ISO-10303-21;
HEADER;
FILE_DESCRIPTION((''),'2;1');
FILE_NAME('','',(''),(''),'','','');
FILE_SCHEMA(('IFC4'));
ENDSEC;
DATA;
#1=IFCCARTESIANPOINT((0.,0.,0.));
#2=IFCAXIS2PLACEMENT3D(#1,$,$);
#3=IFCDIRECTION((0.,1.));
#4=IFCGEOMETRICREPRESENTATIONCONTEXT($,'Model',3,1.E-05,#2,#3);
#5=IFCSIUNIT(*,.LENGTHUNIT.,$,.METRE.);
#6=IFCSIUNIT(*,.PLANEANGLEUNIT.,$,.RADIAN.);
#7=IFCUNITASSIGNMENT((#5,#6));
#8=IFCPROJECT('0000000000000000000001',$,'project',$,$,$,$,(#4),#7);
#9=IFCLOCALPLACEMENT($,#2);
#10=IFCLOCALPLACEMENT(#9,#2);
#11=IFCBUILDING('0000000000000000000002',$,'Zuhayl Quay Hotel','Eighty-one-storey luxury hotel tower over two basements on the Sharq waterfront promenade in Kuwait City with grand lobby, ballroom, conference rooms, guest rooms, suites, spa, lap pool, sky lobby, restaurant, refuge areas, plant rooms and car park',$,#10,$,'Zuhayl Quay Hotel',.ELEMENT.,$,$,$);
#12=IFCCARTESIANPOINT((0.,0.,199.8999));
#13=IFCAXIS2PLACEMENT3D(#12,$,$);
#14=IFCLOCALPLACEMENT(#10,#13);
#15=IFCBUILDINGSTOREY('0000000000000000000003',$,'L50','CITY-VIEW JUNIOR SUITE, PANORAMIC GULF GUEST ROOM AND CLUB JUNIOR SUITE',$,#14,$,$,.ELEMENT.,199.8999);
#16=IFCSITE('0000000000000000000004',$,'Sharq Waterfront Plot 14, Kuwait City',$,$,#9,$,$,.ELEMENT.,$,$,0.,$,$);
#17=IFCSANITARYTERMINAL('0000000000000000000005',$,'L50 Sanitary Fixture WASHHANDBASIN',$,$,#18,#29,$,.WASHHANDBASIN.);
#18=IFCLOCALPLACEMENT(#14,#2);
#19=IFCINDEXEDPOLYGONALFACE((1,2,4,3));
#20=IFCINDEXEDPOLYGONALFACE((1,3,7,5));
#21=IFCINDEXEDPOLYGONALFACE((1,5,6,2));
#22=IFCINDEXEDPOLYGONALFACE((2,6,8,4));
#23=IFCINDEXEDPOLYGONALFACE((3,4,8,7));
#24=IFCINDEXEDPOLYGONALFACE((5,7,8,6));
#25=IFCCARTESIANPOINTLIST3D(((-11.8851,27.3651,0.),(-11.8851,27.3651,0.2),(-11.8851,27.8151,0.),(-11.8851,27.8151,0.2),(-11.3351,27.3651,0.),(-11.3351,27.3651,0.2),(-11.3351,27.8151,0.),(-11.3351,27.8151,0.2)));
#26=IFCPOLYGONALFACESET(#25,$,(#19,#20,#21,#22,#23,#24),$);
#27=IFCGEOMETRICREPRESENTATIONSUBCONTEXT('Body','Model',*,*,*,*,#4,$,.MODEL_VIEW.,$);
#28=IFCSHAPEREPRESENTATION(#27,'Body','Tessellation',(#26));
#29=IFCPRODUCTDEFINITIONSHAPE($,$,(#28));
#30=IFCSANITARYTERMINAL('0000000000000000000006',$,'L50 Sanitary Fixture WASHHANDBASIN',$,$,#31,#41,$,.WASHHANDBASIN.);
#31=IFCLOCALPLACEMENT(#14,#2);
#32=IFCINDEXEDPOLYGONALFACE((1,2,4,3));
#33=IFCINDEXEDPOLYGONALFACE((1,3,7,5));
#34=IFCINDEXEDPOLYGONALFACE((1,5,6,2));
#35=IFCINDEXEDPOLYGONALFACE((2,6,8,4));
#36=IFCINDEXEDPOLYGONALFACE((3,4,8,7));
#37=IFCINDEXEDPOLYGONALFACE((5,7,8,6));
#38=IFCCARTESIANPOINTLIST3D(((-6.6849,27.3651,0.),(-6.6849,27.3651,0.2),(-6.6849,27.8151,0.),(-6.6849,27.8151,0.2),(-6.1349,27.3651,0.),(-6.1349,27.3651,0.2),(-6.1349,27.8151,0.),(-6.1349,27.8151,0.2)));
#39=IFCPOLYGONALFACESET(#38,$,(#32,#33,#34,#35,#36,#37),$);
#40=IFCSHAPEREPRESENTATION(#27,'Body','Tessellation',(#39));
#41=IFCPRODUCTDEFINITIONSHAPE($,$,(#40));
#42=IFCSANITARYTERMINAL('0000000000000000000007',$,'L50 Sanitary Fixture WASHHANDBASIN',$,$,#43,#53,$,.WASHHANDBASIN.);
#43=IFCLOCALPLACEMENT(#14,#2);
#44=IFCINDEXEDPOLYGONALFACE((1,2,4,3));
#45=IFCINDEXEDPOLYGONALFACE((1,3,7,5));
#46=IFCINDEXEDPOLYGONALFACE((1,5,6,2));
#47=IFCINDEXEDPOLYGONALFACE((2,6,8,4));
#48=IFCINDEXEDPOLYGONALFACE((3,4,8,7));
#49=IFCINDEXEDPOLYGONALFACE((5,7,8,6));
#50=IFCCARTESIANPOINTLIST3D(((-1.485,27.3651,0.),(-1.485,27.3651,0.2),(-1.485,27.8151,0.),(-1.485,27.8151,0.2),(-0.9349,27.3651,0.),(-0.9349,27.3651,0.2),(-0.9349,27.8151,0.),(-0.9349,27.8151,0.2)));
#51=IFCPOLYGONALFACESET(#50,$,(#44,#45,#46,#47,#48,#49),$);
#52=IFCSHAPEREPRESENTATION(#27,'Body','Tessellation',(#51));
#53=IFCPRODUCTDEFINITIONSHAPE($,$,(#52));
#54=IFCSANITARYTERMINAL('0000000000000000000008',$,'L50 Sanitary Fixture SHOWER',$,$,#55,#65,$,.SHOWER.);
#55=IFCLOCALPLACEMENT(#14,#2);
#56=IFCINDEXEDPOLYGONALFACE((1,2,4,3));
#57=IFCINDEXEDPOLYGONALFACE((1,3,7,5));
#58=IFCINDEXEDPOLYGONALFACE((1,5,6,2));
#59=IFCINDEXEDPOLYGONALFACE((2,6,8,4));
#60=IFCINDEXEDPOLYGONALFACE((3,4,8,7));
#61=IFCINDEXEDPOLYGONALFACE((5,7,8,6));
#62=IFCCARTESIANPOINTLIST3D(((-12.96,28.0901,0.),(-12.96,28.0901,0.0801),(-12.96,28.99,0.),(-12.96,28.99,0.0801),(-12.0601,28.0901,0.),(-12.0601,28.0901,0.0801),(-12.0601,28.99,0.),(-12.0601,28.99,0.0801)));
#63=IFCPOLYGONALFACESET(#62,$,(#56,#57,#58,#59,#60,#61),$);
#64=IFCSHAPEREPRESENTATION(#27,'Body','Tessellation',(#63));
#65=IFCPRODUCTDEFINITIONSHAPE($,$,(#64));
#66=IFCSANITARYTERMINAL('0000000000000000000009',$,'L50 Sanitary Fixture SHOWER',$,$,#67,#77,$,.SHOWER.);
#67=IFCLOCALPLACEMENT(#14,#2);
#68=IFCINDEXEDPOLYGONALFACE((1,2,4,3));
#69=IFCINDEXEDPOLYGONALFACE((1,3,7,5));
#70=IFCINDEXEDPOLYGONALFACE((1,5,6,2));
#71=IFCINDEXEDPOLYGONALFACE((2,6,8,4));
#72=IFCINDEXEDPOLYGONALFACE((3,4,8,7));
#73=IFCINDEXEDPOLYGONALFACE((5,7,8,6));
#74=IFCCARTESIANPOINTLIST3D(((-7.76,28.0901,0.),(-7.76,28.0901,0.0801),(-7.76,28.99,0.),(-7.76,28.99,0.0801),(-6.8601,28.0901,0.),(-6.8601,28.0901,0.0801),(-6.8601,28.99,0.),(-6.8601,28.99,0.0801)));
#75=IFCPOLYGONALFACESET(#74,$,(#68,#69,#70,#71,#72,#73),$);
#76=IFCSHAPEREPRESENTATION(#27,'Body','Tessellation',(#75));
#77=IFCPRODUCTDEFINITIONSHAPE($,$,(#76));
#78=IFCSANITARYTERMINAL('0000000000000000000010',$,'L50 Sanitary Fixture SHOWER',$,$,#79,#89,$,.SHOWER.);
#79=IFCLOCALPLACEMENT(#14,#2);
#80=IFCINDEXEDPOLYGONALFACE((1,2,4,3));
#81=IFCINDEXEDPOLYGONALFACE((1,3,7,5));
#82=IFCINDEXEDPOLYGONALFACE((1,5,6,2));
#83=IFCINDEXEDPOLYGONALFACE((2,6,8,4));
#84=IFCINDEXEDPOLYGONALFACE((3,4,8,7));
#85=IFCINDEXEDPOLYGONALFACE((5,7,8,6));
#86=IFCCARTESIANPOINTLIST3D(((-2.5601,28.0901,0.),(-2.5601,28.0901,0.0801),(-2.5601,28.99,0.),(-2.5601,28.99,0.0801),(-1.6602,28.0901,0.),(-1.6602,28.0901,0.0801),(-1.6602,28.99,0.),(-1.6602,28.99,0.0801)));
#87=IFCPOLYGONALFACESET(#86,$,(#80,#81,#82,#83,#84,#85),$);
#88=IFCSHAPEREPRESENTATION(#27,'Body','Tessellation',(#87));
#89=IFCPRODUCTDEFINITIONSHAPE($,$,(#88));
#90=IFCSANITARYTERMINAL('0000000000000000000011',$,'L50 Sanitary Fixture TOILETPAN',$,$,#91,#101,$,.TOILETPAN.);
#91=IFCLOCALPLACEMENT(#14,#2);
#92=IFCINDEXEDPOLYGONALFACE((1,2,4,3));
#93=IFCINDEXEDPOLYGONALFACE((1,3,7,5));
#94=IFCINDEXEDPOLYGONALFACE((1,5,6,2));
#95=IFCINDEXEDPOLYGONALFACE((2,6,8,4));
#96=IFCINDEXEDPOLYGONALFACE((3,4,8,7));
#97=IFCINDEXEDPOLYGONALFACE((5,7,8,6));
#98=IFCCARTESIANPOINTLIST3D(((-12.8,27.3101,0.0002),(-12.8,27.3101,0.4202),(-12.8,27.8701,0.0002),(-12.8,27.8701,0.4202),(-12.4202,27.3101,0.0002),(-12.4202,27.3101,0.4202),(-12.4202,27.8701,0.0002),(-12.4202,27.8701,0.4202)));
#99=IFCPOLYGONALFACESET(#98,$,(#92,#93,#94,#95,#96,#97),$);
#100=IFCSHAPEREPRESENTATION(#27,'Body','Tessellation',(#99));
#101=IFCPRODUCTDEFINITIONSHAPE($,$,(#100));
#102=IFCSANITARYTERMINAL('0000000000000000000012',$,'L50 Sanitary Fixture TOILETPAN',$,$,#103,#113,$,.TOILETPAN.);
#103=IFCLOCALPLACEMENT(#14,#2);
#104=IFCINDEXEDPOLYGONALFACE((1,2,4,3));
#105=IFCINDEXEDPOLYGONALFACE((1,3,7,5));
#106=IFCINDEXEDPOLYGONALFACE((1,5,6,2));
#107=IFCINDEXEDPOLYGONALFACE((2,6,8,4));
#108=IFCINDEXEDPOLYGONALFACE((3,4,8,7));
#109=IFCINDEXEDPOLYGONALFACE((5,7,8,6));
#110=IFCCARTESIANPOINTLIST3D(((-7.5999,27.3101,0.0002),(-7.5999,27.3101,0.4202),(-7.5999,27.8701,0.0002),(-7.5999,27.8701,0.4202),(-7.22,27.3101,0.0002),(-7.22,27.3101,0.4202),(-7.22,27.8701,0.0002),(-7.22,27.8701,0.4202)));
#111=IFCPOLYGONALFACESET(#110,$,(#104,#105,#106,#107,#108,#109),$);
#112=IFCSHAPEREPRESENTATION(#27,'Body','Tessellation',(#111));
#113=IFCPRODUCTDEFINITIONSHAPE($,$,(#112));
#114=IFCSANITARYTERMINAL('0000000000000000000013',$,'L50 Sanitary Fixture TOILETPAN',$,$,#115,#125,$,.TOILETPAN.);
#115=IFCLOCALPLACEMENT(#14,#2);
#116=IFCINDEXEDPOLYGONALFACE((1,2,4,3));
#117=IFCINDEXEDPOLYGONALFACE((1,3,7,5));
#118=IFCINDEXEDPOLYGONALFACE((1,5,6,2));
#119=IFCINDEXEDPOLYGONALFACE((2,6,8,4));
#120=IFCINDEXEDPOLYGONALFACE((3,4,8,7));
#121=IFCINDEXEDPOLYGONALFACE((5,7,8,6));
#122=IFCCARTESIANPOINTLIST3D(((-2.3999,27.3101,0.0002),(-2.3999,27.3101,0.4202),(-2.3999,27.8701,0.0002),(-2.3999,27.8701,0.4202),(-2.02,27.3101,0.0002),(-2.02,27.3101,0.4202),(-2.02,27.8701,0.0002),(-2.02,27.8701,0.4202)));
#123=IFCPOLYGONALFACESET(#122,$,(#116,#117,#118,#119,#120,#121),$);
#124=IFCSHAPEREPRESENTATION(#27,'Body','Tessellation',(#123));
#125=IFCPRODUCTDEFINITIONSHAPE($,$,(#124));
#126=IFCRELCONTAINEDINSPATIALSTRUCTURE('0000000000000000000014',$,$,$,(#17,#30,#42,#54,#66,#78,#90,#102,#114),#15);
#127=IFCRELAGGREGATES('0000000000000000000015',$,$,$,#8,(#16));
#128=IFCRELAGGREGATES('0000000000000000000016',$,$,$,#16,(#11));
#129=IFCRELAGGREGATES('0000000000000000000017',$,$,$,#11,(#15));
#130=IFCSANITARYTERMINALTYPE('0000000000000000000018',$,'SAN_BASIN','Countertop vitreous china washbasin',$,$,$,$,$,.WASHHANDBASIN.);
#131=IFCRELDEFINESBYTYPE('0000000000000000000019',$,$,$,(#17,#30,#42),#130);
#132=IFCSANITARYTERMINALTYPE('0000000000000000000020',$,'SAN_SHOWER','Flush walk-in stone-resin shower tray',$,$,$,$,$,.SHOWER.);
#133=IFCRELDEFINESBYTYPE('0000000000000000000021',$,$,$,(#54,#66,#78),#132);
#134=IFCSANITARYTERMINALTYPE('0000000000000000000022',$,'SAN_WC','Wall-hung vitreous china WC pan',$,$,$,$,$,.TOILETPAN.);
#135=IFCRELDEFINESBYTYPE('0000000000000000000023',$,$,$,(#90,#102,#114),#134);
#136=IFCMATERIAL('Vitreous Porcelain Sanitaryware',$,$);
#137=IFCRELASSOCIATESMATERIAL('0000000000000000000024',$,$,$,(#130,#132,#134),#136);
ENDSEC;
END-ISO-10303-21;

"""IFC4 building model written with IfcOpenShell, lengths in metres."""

from ifc_helpers import new_model, si_unit, direction, frame, origin, origin_2d, place, context, subcontext, project, spatial, rectangle, extrude, material, type_object, element, save


model = new_model("IFC4")

# Units and contexts
model_context = context("Model", 3, precision=1e-05, world=origin(), true_north=direction((0.0, 1.0)))
body_context = subcontext(model_context, "Body", "Model", "MODEL_VIEW")
ifc_project = project(units=[si_unit("LENGTHUNIT", "METRE"), si_unit("PLANEANGLEUNIT", "RADIAN")], contexts=[model_context])

# Site, building, storey
site_placement = place(None, origin())
site = spatial("IfcSite", under=ifc_project, at=site_placement, Name="Sharq Waterfront Plot 14, Kuwait City", CompositionType="ELEMENT", RefElevation=0.0)
building_placement = place(site_placement, origin())
building = spatial("IfcBuilding", under=site, at=building_placement, Name="Zuhayl Quay Hotel", Description="Eighty-one-storey luxury hotel tower over two basements on the Sharq waterfront promenade in Kuwait City with grand lobby, ballroom, conference rooms, guest rooms, suites, spa, lap pool, sky lobby, restaurant, refuge areas, plant rooms and car park", LongName="Zuhayl Quay Hotel", CompositionType="ELEMENT")
storey_placement = place(building_placement, frame((0.0, 0.0, 199.8999)))
storey = spatial("IfcBuildingStorey", under=building, at=storey_placement, Name="L50", Description="CITY-VIEW JUNIOR SUITE, PANORAMIC GULF GUEST ROOM AND CLUB JUNIOR SUITE", CompositionType="ELEMENT", Elevation=199.8999)

# Sanitary terminals
ifc_material_1 = material(Name="Vitreous Porcelain Sanitaryware")
sanitary_terminal_type_1 = type_object("IfcSanitaryTerminalType", Name="SAN_BASIN", Description="Countertop vitreous china washbasin", PredefinedType="WASHHANDBASIN", material=ifc_material_1)
for number, where, z_axis, x_axis, name in (
    (1, (-11.6101, 27.5901, 0.0), (0.0, 0.0, 1.0), (1.0, 0.0, 0.0), "L50 Sanitary Fixture WASHHANDBASIN"),
    (2, (-6.4099, 27.5901, 0.0), (0.0, 0.0, 1.0), (1.0, 0.0, 0.0), "L50 Sanitary Fixture WASHHANDBASIN"),
    (3, (-1.21, 27.5901, 0.0), (0.0, 0.0, 1.0), (1.0, 0.0, 0.0), "L50 Sanitary Fixture WASHHANDBASIN"),
):
    element("IfcSanitaryTerminal", number, at=place(storey_placement, frame(where, z_axis=z_axis, x_axis=x_axis)), inside=storey, type_object=sanitary_terminal_type_1, Name=name, PredefinedType="WASHHANDBASIN", context=body_context, shape_type="SweptSolid", body=[
        extrude(rectangle(XDim=0.55, YDim=0.45, at=origin_2d()), origin(), (0.0, 0.0, 1.0), 0.2),
    ])
sanitary_terminal_type_2 = type_object("IfcSanitaryTerminalType", Name="SAN_SHOWER", Description="Flush walk-in stone-resin shower tray", PredefinedType="SHOWER", material=ifc_material_1)
for number, where, z_axis, x_axis, name in (
    (4, (-12.51, 28.54, 0.0), (0.0, 0.0, 1.0), (1.0, 0.0, 0.0), "L50 Sanitary Fixture SHOWER"),
    (5, (-7.3101, 28.54, 0.0), (0.0, 0.0, 1.0), (1.0, 0.0, 0.0), "L50 Sanitary Fixture SHOWER"),
    (6, (-2.1101, 28.54, 0.0), (0.0, 0.0, 1.0), (1.0, 0.0, 0.0), "L50 Sanitary Fixture SHOWER"),
):
    element("IfcSanitaryTerminal", number, at=place(storey_placement, frame(where, z_axis=z_axis, x_axis=x_axis)), inside=storey, type_object=sanitary_terminal_type_2, Name=name, PredefinedType="SHOWER", context=body_context, shape_type="SweptSolid", body=[
        extrude(rectangle(XDim=0.8999, YDim=0.8999, at=origin_2d()), origin(), (0.0, 0.0, 1.0), 0.0801),
    ])
sanitary_terminal_type_3 = type_object("IfcSanitaryTerminalType", Name="SAN_WC", Description="Wall-hung vitreous china WC pan", PredefinedType="TOILETPAN", material=ifc_material_1)
for number, where, z_axis, x_axis, name in (
    (7, (-12.6101, 27.5901, 0.0002), (0.0, 0.0, 1.0), (1.0, 0.0, 0.0), "L50 Sanitary Fixture TOILETPAN"),
    (8, (-7.4099, 27.5901, 0.0002), (0.0, 0.0, 1.0), (1.0, 0.0, 0.0), "L50 Sanitary Fixture TOILETPAN"),
    (9, (-2.21, 27.5901, 0.0002), (0.0, 0.0, 1.0), (1.0, 0.0, 0.0), "L50 Sanitary Fixture TOILETPAN"),
):
    element("IfcSanitaryTerminal", number, at=place(storey_placement, frame(where, z_axis=z_axis, x_axis=x_axis)), inside=storey, type_object=sanitary_terminal_type_3, Name=name, PredefinedType="TOILETPAN", context=body_context, shape_type="SweptSolid", body=[
        extrude(rectangle(XDim=0.3799, YDim=0.5601, at=origin_2d()), origin(), (0.0, 0.0, 1.0), 0.4199),
    ])

save(model, "model.ifc")
